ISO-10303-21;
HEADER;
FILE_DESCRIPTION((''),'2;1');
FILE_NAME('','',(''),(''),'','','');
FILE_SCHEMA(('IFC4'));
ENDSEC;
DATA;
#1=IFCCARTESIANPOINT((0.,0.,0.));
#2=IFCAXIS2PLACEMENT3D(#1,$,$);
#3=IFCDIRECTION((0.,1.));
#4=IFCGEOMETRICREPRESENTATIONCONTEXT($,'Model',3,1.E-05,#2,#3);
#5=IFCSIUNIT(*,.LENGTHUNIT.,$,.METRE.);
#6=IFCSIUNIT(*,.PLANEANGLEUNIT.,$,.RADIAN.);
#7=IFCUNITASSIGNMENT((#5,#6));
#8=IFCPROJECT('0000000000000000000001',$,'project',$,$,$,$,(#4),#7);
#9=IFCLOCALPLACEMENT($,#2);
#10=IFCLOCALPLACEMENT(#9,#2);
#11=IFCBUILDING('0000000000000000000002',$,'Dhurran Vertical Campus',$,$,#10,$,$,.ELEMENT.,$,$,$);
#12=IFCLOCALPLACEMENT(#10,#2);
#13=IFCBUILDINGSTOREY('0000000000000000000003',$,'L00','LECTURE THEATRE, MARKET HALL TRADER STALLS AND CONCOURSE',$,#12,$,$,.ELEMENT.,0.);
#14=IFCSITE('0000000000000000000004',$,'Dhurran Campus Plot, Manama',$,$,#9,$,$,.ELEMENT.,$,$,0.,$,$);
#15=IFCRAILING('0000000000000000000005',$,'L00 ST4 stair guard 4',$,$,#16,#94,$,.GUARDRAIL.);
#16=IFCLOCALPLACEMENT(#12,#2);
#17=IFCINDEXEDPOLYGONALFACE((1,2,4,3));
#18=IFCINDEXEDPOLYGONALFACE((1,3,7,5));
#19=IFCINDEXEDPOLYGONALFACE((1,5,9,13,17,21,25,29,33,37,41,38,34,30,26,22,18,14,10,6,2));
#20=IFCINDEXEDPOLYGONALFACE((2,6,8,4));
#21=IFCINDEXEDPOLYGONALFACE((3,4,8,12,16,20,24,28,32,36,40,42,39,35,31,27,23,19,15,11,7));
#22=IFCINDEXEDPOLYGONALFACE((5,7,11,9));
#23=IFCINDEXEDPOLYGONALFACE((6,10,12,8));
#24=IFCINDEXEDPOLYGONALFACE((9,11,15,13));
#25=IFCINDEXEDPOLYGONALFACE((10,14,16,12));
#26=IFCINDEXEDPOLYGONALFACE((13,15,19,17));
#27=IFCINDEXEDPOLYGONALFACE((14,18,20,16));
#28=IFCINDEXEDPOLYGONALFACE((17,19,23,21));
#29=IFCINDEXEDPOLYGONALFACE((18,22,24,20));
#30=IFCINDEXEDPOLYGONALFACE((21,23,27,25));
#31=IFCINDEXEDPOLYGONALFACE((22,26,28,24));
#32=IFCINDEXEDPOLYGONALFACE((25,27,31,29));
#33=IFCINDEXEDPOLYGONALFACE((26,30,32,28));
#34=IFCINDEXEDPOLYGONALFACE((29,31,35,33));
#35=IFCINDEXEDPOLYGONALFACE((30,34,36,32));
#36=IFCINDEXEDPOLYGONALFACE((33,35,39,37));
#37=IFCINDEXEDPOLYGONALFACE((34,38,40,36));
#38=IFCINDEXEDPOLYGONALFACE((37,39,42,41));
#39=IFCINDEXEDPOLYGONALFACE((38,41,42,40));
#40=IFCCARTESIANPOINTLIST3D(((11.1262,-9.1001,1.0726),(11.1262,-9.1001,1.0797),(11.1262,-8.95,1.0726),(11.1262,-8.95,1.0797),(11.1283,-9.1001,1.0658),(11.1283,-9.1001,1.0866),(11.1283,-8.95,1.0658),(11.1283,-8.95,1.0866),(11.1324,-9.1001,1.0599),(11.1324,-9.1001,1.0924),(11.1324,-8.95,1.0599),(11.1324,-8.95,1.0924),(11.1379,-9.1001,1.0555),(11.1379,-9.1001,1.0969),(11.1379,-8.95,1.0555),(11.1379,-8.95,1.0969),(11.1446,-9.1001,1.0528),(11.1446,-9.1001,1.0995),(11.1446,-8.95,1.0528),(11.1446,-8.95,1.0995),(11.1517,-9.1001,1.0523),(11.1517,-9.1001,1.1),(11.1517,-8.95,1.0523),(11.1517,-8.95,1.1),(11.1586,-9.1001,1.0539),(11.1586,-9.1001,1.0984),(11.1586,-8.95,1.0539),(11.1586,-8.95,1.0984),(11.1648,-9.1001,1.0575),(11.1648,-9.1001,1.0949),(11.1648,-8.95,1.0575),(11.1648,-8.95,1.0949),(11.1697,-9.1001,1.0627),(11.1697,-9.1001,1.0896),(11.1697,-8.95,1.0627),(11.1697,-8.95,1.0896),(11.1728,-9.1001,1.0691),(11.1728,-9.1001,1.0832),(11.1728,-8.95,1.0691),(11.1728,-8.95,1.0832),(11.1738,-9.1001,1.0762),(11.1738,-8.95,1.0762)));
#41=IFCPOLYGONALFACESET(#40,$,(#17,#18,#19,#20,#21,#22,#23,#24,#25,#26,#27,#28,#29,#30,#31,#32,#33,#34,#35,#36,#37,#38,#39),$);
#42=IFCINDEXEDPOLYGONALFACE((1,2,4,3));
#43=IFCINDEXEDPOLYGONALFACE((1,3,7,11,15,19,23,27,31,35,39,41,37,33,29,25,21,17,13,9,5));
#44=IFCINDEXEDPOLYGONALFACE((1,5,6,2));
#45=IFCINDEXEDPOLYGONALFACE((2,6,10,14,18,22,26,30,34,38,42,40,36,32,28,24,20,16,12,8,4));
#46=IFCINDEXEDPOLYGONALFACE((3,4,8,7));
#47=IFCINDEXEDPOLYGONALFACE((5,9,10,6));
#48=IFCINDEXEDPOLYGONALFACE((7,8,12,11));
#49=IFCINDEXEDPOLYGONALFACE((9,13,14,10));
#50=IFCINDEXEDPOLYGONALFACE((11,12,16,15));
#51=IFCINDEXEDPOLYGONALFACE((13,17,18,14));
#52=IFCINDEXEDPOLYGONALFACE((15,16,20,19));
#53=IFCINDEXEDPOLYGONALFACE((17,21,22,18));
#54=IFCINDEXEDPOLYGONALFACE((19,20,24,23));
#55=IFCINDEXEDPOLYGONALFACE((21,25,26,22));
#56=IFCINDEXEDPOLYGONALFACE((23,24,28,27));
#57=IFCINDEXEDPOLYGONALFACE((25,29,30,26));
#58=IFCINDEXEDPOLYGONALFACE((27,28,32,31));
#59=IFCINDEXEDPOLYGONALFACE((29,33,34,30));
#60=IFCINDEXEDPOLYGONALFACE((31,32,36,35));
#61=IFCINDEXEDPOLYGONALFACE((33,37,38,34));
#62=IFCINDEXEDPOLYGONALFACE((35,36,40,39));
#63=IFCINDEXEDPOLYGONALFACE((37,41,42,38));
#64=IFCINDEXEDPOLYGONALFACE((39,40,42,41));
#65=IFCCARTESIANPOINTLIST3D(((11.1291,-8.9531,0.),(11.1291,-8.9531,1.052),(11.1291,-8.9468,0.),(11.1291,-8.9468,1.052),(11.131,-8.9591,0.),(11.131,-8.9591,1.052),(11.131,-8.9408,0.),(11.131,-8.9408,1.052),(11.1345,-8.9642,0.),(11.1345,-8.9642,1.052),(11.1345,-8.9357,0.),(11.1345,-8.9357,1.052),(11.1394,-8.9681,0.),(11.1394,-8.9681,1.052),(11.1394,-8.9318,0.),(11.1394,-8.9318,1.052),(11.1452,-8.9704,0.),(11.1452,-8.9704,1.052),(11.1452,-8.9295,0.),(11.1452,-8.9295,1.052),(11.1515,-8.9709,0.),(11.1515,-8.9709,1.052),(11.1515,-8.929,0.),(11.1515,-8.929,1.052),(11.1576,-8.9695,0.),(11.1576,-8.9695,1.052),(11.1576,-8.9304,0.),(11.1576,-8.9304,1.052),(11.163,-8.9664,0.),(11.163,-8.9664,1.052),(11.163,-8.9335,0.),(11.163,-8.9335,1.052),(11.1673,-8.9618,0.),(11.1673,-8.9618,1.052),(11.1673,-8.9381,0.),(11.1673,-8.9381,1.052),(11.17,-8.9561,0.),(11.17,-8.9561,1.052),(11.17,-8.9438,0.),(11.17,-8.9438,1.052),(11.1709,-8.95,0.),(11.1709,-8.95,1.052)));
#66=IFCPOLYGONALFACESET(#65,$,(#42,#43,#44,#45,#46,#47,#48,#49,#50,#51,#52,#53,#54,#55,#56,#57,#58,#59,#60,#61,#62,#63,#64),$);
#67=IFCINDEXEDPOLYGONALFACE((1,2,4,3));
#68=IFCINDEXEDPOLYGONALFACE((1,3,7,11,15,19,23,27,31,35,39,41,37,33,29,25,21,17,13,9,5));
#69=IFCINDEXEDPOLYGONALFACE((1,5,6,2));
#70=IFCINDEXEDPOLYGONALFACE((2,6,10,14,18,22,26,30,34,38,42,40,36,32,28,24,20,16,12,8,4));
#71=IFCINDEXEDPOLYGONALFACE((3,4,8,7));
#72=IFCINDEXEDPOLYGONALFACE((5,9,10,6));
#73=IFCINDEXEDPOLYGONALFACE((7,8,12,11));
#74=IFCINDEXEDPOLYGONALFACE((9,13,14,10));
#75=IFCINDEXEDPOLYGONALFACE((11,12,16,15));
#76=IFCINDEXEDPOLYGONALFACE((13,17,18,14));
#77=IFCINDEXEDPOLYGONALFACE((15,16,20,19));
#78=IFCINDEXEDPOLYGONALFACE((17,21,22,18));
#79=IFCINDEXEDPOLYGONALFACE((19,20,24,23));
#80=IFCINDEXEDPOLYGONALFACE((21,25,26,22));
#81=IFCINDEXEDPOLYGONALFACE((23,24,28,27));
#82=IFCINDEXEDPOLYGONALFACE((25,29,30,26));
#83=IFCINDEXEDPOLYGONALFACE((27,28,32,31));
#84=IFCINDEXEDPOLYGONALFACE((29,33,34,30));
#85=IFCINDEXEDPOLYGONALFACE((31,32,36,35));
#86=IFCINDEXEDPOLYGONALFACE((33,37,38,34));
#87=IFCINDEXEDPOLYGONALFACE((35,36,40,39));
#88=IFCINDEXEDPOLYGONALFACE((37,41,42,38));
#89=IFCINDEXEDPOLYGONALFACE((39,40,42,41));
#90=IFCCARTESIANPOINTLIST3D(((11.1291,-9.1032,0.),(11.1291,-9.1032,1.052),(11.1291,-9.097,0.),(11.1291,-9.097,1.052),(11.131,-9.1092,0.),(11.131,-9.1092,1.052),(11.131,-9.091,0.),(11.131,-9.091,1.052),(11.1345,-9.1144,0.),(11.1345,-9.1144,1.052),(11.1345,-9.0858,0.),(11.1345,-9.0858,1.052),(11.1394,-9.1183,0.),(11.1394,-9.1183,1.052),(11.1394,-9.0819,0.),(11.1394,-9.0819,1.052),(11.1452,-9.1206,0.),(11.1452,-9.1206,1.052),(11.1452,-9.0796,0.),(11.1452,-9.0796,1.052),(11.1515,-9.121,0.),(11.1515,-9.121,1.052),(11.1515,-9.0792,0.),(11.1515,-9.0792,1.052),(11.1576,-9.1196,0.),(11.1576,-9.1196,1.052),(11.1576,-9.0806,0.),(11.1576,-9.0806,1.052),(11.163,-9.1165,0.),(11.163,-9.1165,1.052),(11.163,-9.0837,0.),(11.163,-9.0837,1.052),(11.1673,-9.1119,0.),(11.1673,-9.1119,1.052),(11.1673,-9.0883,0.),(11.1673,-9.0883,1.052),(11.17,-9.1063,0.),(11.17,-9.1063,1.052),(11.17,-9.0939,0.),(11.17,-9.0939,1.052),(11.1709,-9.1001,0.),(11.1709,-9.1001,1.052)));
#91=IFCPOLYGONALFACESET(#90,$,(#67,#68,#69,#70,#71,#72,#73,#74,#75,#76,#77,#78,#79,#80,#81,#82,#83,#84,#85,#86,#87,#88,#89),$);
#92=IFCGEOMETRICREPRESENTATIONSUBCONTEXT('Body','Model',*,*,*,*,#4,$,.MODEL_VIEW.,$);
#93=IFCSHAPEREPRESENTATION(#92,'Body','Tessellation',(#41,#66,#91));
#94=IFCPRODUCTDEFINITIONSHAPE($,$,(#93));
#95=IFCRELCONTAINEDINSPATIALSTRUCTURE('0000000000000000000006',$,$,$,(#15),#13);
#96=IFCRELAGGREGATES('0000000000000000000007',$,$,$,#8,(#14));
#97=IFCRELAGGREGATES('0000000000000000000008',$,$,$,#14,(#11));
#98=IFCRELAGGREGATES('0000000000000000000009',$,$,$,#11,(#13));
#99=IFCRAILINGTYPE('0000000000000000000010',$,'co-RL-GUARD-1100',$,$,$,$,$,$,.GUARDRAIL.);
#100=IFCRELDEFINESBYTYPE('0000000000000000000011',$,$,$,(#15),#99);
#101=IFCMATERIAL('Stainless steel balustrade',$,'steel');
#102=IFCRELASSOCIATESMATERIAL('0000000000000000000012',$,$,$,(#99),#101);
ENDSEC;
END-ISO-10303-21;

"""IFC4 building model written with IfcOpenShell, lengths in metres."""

from ifc_helpers import new_model, si_unit, direction, frame, origin, origin_2d, place, context, subcontext, project, spatial, circle, extrude, material, type_object, element, save


model = new_model("IFC4")

# Units and contexts
model_context = context("Model", 3, precision=1e-05, world=origin(), true_north=direction((0.0, 1.0)))
body_context = subcontext(model_context, "Body", "Model", "MODEL_VIEW")
ifc_project = project(units=[si_unit("LENGTHUNIT", "METRE"), si_unit("PLANEANGLEUNIT", "RADIAN")], contexts=[model_context])

# Site, building, storey
site_placement = place(None, origin())
site = spatial("IfcSite", under=ifc_project, at=site_placement, Name="Dhurran Campus Plot, Manama", CompositionType="ELEMENT", RefElevation=0.0)
building_placement = place(site_placement, origin())
building = spatial("IfcBuilding", under=site, at=building_placement, Name="Dhurran Vertical Campus", CompositionType="ELEMENT")
storey_placement = place(building_placement, origin())
storey = spatial("IfcBuildingStorey", under=building, at=storey_placement, Name="L00", Description="LECTURE THEATRE, MARKET HALL TRADER STALLS AND CONCOURSE", CompositionType="ELEMENT", Elevation=0.0)

# Railing
ifc_material_1 = material(Name="Stainless steel balustrade", Category="steel")
railing_type_1 = type_object("IfcRailingType", Name="co-RL-GUARD-1100", PredefinedType="GUARDRAIL", material=ifc_material_1)
railing_1_placement = place(storey_placement, frame((11.1499, -8.95, 0.0)))
element("IfcRailing", 1, at=railing_1_placement, inside=storey, type_object=railing_type_1, Name="L00 ST4 stair guard 4", PredefinedType="GUARDRAIL", context=body_context, shape_type="SweptSolid", body=[
    extrude(circle(Radius=0.0239, at=origin_2d()), frame((0.0, 0.0, 1.0762), z_axis=(0.0, -1.0, 0.0), x_axis=(1.0, 0.0, 0.0)), (0.0, 0.0, 1.0), 0.1501),
    extrude(circle(Radius=0.021, at=origin_2d()), origin(), (0.0, 0.0, 1.0), 1.052),
    extrude(circle(Radius=0.021, at=origin_2d()), frame((0.0, -0.1501, 0.0)), (0.0, 0.0, 1.0), 1.052),
])

save(model, "model.ifc")
